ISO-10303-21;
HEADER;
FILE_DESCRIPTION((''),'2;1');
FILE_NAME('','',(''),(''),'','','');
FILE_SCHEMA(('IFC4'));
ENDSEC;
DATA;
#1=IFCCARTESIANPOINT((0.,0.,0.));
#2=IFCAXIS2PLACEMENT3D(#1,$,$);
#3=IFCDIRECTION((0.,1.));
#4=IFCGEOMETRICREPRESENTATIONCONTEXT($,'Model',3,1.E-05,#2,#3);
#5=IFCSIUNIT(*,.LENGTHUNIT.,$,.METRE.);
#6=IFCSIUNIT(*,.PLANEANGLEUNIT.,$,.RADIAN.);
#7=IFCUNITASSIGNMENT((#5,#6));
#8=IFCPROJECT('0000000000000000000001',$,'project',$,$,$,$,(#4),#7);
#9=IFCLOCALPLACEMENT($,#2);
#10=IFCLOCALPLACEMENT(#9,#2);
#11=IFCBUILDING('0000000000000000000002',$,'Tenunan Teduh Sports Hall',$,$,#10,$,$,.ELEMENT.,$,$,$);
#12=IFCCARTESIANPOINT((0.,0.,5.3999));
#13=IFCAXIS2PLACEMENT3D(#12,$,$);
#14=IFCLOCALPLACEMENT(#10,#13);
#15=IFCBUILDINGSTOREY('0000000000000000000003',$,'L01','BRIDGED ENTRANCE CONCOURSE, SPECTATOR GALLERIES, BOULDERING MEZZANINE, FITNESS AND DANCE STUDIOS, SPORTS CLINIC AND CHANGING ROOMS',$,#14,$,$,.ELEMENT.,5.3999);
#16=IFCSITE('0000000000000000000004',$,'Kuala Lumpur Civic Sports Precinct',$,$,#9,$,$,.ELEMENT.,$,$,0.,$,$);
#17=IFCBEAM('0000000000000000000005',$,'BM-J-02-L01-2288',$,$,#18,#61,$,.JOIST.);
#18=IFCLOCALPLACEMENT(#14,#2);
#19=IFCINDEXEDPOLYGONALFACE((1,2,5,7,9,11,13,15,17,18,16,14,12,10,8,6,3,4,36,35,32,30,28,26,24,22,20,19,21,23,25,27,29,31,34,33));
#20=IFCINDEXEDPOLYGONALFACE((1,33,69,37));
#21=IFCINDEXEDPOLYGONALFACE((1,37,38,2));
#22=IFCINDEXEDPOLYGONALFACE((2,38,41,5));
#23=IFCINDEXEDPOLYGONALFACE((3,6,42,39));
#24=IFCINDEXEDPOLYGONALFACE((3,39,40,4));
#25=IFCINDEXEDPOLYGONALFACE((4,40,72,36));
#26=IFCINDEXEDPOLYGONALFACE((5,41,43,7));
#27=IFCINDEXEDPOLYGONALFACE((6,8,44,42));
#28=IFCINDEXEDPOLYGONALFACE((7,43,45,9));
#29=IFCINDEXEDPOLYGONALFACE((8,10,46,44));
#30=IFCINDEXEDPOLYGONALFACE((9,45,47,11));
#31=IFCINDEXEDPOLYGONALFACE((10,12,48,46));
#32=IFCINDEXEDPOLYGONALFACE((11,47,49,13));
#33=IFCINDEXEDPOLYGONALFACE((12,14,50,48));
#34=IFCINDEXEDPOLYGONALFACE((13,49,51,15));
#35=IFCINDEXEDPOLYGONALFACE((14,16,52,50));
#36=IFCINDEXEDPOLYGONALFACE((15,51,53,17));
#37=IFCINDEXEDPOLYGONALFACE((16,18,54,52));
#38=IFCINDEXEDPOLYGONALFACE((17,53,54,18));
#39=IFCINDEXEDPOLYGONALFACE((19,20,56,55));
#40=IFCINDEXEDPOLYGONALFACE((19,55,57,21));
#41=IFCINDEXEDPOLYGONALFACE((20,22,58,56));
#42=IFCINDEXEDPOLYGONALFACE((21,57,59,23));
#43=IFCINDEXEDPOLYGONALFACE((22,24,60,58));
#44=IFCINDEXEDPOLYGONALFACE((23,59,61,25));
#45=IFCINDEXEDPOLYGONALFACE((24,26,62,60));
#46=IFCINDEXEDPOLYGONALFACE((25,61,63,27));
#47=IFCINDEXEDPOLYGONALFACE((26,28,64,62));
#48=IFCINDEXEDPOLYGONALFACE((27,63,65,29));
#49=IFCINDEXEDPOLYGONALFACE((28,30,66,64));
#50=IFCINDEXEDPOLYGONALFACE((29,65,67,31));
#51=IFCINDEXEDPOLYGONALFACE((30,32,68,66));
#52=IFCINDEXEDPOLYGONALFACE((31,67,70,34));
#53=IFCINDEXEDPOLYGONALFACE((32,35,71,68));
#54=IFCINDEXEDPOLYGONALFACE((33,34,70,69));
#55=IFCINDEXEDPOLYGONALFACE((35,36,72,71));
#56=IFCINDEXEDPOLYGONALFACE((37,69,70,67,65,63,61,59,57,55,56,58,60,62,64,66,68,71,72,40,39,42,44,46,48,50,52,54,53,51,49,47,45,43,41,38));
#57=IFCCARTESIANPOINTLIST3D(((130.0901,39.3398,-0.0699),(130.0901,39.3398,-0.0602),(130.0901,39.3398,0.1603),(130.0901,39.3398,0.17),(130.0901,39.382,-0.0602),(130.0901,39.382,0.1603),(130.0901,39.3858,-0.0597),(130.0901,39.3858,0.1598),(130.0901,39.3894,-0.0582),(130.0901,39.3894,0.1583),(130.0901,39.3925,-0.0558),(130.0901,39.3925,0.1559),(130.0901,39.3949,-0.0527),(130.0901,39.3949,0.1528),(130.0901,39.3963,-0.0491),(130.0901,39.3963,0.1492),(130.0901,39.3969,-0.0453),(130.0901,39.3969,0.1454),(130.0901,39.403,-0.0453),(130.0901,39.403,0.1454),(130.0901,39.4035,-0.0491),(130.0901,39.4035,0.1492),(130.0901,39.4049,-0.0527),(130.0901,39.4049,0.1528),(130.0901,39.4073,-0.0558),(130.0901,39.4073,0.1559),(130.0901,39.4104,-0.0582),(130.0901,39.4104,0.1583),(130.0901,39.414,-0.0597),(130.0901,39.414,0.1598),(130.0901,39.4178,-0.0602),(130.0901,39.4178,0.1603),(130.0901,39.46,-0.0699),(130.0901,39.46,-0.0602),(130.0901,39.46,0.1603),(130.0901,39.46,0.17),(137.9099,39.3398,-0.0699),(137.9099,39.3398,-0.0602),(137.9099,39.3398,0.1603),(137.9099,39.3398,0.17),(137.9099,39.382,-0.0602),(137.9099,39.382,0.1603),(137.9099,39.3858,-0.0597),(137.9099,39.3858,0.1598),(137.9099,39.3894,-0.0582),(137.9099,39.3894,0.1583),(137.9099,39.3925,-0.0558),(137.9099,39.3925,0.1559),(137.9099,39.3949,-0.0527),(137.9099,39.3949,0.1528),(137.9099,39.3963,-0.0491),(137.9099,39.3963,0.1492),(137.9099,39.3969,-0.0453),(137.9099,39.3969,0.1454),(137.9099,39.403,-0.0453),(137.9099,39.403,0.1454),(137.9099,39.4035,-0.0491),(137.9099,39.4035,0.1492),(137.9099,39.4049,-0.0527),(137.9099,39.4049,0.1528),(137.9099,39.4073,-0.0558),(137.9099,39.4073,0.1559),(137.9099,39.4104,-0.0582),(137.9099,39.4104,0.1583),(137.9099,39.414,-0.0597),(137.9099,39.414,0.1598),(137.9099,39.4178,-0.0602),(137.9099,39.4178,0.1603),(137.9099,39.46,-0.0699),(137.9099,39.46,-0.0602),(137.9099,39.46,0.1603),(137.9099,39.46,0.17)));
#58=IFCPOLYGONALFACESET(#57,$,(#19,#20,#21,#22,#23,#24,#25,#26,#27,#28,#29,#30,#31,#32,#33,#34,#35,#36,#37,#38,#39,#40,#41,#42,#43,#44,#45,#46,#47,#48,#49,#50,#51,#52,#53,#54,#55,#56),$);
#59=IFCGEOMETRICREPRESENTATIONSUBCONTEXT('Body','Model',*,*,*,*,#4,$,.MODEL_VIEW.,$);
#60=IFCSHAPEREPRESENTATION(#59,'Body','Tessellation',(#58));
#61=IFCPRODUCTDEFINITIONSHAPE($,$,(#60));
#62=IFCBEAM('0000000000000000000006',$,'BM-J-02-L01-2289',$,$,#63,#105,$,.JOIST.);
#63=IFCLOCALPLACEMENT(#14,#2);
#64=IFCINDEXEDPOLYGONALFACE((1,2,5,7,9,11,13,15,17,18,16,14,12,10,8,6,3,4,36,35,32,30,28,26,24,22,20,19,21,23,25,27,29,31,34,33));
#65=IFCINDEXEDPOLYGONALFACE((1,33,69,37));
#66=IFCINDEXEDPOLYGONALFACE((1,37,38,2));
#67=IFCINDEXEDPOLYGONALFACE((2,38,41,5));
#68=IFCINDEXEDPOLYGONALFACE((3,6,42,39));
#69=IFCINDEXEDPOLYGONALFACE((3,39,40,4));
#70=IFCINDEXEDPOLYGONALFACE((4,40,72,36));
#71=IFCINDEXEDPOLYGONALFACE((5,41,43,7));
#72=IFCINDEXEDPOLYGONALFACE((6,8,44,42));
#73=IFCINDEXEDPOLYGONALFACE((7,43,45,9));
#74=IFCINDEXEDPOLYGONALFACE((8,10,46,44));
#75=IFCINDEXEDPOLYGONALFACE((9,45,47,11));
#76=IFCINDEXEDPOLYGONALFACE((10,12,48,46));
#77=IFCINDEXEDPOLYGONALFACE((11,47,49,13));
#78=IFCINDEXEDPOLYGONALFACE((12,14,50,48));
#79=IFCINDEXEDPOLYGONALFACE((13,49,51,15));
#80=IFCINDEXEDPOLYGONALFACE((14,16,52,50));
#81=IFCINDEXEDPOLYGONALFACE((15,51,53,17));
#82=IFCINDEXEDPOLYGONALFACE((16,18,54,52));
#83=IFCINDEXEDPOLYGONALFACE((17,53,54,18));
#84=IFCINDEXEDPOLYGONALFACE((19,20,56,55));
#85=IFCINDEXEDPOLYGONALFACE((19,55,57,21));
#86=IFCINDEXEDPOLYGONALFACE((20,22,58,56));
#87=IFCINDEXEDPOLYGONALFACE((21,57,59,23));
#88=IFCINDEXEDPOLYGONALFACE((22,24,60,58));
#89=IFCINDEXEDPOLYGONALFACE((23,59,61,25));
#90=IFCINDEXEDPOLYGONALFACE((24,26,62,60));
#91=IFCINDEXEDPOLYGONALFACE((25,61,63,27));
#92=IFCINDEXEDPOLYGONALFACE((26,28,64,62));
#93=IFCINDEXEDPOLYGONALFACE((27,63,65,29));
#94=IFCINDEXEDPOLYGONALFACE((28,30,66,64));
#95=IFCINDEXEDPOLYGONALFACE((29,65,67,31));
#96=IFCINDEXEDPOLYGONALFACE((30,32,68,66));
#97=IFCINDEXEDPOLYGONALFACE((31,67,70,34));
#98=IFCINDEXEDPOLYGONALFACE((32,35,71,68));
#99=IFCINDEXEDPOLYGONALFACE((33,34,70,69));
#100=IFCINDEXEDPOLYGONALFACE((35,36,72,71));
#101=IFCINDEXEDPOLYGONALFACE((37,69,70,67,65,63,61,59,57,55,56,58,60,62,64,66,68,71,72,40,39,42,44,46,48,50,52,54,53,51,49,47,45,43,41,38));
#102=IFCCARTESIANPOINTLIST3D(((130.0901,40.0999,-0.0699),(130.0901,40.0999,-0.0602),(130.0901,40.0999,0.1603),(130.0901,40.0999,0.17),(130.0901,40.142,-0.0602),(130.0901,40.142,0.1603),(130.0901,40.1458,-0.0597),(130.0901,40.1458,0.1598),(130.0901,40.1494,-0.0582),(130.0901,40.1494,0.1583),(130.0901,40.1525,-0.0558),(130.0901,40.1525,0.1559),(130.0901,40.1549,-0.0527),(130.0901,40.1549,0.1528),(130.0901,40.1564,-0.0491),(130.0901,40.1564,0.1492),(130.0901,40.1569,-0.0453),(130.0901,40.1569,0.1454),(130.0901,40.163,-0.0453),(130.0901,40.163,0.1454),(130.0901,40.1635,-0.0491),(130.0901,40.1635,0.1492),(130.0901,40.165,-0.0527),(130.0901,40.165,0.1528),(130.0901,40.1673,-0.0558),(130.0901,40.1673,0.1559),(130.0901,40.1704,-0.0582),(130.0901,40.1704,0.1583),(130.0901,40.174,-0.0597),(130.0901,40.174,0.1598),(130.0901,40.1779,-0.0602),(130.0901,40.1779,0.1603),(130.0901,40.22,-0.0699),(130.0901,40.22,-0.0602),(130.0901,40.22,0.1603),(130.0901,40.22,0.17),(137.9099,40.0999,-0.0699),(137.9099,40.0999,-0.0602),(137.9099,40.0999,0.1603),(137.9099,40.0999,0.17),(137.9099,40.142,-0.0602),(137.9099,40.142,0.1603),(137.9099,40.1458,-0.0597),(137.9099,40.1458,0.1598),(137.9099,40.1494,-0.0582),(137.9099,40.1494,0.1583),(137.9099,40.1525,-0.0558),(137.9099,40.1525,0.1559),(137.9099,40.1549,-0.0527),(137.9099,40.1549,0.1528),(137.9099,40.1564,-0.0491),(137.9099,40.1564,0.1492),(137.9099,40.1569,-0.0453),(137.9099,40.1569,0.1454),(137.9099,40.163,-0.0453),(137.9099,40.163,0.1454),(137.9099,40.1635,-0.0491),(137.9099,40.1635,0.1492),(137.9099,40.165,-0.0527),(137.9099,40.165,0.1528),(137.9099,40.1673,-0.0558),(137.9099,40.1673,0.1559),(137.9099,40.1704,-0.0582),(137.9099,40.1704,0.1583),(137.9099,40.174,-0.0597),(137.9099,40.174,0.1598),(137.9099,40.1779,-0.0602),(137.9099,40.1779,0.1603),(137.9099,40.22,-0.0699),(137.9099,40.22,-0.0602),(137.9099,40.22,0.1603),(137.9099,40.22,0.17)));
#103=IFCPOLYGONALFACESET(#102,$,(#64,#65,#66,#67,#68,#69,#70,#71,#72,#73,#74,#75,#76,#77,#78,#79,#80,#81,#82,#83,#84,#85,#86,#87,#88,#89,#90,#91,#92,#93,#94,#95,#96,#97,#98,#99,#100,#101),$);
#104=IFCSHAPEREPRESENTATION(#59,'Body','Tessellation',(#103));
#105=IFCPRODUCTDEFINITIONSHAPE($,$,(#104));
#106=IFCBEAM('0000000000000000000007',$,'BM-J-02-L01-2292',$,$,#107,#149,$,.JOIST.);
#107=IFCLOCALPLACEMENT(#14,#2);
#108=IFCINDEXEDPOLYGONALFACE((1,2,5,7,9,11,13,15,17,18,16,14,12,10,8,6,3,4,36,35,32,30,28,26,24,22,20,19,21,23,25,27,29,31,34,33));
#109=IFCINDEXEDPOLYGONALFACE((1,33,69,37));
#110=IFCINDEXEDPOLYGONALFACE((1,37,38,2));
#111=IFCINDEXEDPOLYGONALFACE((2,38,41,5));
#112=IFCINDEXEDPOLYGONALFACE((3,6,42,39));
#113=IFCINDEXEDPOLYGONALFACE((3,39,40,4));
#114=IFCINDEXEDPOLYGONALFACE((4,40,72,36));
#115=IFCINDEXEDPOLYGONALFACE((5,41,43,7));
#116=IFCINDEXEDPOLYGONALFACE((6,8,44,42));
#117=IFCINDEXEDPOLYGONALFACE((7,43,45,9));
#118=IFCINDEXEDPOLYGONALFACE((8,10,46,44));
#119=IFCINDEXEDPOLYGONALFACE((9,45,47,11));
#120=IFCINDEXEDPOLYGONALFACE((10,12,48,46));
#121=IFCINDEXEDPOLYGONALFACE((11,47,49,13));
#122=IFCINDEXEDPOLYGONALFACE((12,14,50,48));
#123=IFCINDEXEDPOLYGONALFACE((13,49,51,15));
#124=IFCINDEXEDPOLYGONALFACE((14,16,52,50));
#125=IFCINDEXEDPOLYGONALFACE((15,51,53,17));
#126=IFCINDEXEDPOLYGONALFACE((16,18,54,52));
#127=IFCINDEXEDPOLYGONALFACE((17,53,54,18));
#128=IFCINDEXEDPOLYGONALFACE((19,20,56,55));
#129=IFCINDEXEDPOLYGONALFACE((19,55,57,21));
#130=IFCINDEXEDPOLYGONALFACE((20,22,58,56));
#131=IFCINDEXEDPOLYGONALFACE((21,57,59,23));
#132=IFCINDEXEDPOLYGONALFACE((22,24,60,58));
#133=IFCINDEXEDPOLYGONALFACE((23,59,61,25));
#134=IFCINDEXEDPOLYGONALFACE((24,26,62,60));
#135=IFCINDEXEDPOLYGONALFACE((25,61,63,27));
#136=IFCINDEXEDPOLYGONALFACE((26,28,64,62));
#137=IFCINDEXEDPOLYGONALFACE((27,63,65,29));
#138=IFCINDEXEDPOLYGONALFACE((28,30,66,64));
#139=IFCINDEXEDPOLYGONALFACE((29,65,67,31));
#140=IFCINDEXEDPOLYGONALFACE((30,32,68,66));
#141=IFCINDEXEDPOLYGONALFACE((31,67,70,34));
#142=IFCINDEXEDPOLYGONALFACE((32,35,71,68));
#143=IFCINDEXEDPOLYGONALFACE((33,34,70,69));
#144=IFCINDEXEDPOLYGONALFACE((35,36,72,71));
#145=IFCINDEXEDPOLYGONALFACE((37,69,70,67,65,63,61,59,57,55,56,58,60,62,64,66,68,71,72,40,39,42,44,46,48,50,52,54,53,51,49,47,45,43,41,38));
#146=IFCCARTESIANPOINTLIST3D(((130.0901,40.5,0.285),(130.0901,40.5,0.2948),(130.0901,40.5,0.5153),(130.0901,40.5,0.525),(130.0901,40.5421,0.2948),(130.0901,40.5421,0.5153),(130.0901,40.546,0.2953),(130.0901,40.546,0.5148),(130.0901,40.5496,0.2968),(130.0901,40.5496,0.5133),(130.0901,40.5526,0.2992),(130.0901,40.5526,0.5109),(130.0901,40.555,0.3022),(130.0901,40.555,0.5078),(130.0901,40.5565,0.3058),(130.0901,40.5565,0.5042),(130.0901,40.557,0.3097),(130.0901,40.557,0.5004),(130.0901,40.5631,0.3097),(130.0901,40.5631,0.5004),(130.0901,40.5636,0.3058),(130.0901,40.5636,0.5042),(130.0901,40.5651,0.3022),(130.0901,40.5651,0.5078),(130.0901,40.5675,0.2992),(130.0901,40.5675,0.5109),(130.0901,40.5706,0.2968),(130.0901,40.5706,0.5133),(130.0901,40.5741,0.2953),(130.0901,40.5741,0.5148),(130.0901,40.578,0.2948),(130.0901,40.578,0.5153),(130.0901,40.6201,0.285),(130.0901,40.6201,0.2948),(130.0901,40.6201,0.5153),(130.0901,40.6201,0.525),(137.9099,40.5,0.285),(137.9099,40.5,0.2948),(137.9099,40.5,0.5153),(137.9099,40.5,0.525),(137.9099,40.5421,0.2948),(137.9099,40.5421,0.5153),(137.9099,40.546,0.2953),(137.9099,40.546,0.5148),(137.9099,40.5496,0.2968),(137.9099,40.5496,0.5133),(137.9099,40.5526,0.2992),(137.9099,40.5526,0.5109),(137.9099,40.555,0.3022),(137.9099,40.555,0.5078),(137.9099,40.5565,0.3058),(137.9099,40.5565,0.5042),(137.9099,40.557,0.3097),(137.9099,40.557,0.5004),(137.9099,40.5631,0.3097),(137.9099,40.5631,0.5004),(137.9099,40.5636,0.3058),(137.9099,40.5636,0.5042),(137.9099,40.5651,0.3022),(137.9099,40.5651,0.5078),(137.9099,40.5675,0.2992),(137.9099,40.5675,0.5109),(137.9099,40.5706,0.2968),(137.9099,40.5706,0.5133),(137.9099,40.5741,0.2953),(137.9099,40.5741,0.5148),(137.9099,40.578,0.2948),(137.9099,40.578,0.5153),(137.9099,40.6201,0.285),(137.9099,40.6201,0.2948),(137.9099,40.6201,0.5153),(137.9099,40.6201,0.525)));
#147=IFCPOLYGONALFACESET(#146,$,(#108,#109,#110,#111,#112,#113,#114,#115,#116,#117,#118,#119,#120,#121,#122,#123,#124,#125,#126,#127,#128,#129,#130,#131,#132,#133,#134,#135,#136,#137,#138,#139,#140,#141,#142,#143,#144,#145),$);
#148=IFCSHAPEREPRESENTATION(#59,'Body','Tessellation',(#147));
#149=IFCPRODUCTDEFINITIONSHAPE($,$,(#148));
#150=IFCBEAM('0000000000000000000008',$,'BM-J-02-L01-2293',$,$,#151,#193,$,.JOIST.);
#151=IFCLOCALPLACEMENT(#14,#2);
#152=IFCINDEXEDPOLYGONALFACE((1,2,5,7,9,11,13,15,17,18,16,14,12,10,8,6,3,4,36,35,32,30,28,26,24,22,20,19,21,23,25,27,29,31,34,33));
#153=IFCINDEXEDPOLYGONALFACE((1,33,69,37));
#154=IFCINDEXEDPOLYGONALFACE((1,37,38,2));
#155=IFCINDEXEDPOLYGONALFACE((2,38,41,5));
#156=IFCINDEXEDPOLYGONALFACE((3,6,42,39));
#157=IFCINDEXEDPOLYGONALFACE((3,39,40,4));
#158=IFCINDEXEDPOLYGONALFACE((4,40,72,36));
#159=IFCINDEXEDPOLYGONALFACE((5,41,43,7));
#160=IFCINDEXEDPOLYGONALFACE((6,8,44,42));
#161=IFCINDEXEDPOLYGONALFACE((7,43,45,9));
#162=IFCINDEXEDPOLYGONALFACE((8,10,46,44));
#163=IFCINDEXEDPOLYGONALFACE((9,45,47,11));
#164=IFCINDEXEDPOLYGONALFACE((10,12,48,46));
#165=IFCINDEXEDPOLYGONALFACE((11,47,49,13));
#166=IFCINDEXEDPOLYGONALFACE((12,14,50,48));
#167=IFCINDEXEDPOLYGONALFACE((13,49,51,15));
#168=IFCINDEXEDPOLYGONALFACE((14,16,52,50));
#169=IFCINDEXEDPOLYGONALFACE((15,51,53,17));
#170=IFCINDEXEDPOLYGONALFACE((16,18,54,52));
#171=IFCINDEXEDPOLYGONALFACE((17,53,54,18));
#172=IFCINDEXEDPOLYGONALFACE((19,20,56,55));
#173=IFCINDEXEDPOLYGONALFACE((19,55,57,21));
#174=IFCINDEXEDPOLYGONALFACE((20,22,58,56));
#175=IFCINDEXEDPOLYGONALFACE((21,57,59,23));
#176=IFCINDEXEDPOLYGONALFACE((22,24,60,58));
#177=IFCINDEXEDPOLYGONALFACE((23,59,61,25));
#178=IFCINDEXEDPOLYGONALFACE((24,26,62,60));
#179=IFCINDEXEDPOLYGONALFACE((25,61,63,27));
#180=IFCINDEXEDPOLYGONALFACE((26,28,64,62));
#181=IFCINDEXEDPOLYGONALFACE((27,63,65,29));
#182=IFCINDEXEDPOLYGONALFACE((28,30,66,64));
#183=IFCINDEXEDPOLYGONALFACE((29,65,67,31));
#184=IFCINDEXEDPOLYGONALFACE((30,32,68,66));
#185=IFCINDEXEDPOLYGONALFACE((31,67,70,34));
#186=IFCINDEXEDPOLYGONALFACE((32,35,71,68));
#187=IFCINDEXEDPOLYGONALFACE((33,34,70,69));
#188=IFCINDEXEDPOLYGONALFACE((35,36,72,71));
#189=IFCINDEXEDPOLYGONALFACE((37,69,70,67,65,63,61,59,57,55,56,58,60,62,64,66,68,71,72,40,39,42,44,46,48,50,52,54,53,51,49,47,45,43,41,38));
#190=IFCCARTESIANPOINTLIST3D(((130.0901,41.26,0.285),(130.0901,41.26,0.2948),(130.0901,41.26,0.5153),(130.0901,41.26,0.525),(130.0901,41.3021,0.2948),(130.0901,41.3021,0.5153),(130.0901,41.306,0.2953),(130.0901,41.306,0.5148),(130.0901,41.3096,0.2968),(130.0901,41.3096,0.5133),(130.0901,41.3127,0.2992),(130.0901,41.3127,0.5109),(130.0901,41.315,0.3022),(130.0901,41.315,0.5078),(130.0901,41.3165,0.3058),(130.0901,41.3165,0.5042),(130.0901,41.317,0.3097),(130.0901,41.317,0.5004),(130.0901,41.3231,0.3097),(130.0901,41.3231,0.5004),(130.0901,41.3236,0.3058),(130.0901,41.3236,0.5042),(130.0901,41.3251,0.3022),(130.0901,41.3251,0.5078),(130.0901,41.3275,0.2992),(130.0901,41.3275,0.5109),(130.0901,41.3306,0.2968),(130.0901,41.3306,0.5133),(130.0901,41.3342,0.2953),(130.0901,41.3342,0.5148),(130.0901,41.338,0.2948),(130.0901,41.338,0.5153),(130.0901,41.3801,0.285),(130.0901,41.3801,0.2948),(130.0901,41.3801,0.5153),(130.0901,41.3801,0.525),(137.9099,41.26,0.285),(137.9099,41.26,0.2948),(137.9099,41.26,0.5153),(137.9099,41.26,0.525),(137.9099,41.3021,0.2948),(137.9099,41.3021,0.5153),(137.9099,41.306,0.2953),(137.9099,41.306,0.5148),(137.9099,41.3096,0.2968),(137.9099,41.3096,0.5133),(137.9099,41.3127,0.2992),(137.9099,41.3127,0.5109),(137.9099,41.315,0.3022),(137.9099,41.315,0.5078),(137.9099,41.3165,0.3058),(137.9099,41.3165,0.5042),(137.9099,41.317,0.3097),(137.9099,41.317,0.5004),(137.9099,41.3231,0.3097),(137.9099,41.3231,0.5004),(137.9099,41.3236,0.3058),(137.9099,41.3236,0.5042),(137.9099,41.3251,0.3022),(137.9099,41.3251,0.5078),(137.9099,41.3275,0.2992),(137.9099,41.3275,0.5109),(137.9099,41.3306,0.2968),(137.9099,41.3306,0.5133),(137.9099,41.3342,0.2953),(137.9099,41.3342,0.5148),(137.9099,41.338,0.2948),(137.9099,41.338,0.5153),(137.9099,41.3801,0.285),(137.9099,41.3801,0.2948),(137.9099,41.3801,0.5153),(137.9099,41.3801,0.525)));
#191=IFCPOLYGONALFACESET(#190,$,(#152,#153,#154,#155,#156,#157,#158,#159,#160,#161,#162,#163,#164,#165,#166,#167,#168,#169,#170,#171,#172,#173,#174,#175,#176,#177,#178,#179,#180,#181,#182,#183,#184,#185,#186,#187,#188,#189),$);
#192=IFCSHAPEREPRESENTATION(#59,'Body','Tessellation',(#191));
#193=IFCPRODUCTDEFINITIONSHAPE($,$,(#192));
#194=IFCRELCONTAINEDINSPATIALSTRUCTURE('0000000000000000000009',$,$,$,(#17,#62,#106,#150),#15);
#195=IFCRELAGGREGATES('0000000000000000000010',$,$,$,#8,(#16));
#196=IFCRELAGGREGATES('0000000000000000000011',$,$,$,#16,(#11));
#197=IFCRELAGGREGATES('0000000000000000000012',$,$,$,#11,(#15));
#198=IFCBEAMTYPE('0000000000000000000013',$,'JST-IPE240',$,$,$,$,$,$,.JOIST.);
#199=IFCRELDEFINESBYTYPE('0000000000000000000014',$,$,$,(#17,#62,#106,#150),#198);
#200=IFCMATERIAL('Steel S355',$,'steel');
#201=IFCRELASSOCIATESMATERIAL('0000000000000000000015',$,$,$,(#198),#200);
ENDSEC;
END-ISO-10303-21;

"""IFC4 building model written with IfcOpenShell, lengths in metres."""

from ifc_helpers import new_model, si_unit, direction, frame, origin, origin_2d, place, context, subcontext, project, spatial, i_section, extrude, material, material_profile, profile_set, type_object, element, save


model = new_model("IFC4")

# Units and contexts
model_context = context("Model", 3, precision=1e-05, world=origin(), true_north=direction((0.0, 1.0)))
body_context = subcontext(model_context, "Body", "Model", "MODEL_VIEW")
ifc_project = project(units=[si_unit("LENGTHUNIT", "METRE"), si_unit("PLANEANGLEUNIT", "RADIAN")], contexts=[model_context])

# Site, building, storey
site_placement = place(None, origin())
site = spatial("IfcSite", under=ifc_project, at=site_placement, Name="Kuala Lumpur Civic Sports Precinct", CompositionType="ELEMENT", RefElevation=0.0)
building_placement = place(site_placement, origin())
building = spatial("IfcBuilding", under=site, at=building_placement, Name="Tenunan Teduh Sports Hall", CompositionType="ELEMENT")
storey_placement = place(building_placement, frame((0.0, 0.0, 5.3999)))
storey = spatial("IfcBuildingStorey", under=building, at=storey_placement, Name="L01", Description="BRIDGED ENTRANCE CONCOURSE, SPECTATOR GALLERIES, BOULDERING MEZZANINE, FITNESS AND DANCE STUDIOS, SPORTS CLINIC AND CHANGING ROOMS", CompositionType="ELEMENT", Elevation=5.3999)

# Beams
ifc_material_1 = material(Name="Steel S355", Category="steel")
ifc_material_profile_1 = material_profile(ifc_material_1, i_section(OverallWidth=0.1201, OverallDepth=0.24, WebThickness=0.0061, FlangeThickness=0.0098, FilletRadius=0.0149, at=origin_2d()), Name="IPE 240")
ifc_profile_set_1 = profile_set([ifc_material_profile_1], Name="Steel S355")
beam_type_1 = type_object("IfcBeamType", Name="JST-IPE240", PredefinedType="JOIST", material=ifc_profile_set_1)
for number, where, z_axis, x_axis, name in (
    (1, (130.0901, 39.3999, 0.05), (1.0, 0.0, 0.0), (0.0, 1.0, 0.0), "BM-J-02-L01-2288"),
    (2, (130.0901, 40.1599, 0.05), (1.0, 0.0, 0.0), (0.0, 1.0, 0.0), "BM-J-02-L01-2289"),
    (3, (130.0901, 40.5601, 0.405), (1.0, 0.0, 0.0), (0.0, 1.0, 0.0), "BM-J-02-L01-2292"),
    (4, (130.0901, 41.3201, 0.405), (1.0, 0.0, 0.0), (0.0, 1.0, 0.0), "BM-J-02-L01-2293"),
):
    element("IfcBeam", number, at=place(storey_placement, frame(where, z_axis=z_axis, x_axis=x_axis)), inside=storey, type_object=beam_type_1, Name=name, PredefinedType="JOIST", context=body_context, shape_type="SweptSolid", body=[
        extrude(i_section(OverallWidth=0.1201, OverallDepth=0.24, WebThickness=0.0061, FlangeThickness=0.0098, FilletRadius=0.0149, at=origin_2d()), origin(), (0.0, 0.0, 1.0), 7.8198),
    ])

save(model, "model.ifc")
